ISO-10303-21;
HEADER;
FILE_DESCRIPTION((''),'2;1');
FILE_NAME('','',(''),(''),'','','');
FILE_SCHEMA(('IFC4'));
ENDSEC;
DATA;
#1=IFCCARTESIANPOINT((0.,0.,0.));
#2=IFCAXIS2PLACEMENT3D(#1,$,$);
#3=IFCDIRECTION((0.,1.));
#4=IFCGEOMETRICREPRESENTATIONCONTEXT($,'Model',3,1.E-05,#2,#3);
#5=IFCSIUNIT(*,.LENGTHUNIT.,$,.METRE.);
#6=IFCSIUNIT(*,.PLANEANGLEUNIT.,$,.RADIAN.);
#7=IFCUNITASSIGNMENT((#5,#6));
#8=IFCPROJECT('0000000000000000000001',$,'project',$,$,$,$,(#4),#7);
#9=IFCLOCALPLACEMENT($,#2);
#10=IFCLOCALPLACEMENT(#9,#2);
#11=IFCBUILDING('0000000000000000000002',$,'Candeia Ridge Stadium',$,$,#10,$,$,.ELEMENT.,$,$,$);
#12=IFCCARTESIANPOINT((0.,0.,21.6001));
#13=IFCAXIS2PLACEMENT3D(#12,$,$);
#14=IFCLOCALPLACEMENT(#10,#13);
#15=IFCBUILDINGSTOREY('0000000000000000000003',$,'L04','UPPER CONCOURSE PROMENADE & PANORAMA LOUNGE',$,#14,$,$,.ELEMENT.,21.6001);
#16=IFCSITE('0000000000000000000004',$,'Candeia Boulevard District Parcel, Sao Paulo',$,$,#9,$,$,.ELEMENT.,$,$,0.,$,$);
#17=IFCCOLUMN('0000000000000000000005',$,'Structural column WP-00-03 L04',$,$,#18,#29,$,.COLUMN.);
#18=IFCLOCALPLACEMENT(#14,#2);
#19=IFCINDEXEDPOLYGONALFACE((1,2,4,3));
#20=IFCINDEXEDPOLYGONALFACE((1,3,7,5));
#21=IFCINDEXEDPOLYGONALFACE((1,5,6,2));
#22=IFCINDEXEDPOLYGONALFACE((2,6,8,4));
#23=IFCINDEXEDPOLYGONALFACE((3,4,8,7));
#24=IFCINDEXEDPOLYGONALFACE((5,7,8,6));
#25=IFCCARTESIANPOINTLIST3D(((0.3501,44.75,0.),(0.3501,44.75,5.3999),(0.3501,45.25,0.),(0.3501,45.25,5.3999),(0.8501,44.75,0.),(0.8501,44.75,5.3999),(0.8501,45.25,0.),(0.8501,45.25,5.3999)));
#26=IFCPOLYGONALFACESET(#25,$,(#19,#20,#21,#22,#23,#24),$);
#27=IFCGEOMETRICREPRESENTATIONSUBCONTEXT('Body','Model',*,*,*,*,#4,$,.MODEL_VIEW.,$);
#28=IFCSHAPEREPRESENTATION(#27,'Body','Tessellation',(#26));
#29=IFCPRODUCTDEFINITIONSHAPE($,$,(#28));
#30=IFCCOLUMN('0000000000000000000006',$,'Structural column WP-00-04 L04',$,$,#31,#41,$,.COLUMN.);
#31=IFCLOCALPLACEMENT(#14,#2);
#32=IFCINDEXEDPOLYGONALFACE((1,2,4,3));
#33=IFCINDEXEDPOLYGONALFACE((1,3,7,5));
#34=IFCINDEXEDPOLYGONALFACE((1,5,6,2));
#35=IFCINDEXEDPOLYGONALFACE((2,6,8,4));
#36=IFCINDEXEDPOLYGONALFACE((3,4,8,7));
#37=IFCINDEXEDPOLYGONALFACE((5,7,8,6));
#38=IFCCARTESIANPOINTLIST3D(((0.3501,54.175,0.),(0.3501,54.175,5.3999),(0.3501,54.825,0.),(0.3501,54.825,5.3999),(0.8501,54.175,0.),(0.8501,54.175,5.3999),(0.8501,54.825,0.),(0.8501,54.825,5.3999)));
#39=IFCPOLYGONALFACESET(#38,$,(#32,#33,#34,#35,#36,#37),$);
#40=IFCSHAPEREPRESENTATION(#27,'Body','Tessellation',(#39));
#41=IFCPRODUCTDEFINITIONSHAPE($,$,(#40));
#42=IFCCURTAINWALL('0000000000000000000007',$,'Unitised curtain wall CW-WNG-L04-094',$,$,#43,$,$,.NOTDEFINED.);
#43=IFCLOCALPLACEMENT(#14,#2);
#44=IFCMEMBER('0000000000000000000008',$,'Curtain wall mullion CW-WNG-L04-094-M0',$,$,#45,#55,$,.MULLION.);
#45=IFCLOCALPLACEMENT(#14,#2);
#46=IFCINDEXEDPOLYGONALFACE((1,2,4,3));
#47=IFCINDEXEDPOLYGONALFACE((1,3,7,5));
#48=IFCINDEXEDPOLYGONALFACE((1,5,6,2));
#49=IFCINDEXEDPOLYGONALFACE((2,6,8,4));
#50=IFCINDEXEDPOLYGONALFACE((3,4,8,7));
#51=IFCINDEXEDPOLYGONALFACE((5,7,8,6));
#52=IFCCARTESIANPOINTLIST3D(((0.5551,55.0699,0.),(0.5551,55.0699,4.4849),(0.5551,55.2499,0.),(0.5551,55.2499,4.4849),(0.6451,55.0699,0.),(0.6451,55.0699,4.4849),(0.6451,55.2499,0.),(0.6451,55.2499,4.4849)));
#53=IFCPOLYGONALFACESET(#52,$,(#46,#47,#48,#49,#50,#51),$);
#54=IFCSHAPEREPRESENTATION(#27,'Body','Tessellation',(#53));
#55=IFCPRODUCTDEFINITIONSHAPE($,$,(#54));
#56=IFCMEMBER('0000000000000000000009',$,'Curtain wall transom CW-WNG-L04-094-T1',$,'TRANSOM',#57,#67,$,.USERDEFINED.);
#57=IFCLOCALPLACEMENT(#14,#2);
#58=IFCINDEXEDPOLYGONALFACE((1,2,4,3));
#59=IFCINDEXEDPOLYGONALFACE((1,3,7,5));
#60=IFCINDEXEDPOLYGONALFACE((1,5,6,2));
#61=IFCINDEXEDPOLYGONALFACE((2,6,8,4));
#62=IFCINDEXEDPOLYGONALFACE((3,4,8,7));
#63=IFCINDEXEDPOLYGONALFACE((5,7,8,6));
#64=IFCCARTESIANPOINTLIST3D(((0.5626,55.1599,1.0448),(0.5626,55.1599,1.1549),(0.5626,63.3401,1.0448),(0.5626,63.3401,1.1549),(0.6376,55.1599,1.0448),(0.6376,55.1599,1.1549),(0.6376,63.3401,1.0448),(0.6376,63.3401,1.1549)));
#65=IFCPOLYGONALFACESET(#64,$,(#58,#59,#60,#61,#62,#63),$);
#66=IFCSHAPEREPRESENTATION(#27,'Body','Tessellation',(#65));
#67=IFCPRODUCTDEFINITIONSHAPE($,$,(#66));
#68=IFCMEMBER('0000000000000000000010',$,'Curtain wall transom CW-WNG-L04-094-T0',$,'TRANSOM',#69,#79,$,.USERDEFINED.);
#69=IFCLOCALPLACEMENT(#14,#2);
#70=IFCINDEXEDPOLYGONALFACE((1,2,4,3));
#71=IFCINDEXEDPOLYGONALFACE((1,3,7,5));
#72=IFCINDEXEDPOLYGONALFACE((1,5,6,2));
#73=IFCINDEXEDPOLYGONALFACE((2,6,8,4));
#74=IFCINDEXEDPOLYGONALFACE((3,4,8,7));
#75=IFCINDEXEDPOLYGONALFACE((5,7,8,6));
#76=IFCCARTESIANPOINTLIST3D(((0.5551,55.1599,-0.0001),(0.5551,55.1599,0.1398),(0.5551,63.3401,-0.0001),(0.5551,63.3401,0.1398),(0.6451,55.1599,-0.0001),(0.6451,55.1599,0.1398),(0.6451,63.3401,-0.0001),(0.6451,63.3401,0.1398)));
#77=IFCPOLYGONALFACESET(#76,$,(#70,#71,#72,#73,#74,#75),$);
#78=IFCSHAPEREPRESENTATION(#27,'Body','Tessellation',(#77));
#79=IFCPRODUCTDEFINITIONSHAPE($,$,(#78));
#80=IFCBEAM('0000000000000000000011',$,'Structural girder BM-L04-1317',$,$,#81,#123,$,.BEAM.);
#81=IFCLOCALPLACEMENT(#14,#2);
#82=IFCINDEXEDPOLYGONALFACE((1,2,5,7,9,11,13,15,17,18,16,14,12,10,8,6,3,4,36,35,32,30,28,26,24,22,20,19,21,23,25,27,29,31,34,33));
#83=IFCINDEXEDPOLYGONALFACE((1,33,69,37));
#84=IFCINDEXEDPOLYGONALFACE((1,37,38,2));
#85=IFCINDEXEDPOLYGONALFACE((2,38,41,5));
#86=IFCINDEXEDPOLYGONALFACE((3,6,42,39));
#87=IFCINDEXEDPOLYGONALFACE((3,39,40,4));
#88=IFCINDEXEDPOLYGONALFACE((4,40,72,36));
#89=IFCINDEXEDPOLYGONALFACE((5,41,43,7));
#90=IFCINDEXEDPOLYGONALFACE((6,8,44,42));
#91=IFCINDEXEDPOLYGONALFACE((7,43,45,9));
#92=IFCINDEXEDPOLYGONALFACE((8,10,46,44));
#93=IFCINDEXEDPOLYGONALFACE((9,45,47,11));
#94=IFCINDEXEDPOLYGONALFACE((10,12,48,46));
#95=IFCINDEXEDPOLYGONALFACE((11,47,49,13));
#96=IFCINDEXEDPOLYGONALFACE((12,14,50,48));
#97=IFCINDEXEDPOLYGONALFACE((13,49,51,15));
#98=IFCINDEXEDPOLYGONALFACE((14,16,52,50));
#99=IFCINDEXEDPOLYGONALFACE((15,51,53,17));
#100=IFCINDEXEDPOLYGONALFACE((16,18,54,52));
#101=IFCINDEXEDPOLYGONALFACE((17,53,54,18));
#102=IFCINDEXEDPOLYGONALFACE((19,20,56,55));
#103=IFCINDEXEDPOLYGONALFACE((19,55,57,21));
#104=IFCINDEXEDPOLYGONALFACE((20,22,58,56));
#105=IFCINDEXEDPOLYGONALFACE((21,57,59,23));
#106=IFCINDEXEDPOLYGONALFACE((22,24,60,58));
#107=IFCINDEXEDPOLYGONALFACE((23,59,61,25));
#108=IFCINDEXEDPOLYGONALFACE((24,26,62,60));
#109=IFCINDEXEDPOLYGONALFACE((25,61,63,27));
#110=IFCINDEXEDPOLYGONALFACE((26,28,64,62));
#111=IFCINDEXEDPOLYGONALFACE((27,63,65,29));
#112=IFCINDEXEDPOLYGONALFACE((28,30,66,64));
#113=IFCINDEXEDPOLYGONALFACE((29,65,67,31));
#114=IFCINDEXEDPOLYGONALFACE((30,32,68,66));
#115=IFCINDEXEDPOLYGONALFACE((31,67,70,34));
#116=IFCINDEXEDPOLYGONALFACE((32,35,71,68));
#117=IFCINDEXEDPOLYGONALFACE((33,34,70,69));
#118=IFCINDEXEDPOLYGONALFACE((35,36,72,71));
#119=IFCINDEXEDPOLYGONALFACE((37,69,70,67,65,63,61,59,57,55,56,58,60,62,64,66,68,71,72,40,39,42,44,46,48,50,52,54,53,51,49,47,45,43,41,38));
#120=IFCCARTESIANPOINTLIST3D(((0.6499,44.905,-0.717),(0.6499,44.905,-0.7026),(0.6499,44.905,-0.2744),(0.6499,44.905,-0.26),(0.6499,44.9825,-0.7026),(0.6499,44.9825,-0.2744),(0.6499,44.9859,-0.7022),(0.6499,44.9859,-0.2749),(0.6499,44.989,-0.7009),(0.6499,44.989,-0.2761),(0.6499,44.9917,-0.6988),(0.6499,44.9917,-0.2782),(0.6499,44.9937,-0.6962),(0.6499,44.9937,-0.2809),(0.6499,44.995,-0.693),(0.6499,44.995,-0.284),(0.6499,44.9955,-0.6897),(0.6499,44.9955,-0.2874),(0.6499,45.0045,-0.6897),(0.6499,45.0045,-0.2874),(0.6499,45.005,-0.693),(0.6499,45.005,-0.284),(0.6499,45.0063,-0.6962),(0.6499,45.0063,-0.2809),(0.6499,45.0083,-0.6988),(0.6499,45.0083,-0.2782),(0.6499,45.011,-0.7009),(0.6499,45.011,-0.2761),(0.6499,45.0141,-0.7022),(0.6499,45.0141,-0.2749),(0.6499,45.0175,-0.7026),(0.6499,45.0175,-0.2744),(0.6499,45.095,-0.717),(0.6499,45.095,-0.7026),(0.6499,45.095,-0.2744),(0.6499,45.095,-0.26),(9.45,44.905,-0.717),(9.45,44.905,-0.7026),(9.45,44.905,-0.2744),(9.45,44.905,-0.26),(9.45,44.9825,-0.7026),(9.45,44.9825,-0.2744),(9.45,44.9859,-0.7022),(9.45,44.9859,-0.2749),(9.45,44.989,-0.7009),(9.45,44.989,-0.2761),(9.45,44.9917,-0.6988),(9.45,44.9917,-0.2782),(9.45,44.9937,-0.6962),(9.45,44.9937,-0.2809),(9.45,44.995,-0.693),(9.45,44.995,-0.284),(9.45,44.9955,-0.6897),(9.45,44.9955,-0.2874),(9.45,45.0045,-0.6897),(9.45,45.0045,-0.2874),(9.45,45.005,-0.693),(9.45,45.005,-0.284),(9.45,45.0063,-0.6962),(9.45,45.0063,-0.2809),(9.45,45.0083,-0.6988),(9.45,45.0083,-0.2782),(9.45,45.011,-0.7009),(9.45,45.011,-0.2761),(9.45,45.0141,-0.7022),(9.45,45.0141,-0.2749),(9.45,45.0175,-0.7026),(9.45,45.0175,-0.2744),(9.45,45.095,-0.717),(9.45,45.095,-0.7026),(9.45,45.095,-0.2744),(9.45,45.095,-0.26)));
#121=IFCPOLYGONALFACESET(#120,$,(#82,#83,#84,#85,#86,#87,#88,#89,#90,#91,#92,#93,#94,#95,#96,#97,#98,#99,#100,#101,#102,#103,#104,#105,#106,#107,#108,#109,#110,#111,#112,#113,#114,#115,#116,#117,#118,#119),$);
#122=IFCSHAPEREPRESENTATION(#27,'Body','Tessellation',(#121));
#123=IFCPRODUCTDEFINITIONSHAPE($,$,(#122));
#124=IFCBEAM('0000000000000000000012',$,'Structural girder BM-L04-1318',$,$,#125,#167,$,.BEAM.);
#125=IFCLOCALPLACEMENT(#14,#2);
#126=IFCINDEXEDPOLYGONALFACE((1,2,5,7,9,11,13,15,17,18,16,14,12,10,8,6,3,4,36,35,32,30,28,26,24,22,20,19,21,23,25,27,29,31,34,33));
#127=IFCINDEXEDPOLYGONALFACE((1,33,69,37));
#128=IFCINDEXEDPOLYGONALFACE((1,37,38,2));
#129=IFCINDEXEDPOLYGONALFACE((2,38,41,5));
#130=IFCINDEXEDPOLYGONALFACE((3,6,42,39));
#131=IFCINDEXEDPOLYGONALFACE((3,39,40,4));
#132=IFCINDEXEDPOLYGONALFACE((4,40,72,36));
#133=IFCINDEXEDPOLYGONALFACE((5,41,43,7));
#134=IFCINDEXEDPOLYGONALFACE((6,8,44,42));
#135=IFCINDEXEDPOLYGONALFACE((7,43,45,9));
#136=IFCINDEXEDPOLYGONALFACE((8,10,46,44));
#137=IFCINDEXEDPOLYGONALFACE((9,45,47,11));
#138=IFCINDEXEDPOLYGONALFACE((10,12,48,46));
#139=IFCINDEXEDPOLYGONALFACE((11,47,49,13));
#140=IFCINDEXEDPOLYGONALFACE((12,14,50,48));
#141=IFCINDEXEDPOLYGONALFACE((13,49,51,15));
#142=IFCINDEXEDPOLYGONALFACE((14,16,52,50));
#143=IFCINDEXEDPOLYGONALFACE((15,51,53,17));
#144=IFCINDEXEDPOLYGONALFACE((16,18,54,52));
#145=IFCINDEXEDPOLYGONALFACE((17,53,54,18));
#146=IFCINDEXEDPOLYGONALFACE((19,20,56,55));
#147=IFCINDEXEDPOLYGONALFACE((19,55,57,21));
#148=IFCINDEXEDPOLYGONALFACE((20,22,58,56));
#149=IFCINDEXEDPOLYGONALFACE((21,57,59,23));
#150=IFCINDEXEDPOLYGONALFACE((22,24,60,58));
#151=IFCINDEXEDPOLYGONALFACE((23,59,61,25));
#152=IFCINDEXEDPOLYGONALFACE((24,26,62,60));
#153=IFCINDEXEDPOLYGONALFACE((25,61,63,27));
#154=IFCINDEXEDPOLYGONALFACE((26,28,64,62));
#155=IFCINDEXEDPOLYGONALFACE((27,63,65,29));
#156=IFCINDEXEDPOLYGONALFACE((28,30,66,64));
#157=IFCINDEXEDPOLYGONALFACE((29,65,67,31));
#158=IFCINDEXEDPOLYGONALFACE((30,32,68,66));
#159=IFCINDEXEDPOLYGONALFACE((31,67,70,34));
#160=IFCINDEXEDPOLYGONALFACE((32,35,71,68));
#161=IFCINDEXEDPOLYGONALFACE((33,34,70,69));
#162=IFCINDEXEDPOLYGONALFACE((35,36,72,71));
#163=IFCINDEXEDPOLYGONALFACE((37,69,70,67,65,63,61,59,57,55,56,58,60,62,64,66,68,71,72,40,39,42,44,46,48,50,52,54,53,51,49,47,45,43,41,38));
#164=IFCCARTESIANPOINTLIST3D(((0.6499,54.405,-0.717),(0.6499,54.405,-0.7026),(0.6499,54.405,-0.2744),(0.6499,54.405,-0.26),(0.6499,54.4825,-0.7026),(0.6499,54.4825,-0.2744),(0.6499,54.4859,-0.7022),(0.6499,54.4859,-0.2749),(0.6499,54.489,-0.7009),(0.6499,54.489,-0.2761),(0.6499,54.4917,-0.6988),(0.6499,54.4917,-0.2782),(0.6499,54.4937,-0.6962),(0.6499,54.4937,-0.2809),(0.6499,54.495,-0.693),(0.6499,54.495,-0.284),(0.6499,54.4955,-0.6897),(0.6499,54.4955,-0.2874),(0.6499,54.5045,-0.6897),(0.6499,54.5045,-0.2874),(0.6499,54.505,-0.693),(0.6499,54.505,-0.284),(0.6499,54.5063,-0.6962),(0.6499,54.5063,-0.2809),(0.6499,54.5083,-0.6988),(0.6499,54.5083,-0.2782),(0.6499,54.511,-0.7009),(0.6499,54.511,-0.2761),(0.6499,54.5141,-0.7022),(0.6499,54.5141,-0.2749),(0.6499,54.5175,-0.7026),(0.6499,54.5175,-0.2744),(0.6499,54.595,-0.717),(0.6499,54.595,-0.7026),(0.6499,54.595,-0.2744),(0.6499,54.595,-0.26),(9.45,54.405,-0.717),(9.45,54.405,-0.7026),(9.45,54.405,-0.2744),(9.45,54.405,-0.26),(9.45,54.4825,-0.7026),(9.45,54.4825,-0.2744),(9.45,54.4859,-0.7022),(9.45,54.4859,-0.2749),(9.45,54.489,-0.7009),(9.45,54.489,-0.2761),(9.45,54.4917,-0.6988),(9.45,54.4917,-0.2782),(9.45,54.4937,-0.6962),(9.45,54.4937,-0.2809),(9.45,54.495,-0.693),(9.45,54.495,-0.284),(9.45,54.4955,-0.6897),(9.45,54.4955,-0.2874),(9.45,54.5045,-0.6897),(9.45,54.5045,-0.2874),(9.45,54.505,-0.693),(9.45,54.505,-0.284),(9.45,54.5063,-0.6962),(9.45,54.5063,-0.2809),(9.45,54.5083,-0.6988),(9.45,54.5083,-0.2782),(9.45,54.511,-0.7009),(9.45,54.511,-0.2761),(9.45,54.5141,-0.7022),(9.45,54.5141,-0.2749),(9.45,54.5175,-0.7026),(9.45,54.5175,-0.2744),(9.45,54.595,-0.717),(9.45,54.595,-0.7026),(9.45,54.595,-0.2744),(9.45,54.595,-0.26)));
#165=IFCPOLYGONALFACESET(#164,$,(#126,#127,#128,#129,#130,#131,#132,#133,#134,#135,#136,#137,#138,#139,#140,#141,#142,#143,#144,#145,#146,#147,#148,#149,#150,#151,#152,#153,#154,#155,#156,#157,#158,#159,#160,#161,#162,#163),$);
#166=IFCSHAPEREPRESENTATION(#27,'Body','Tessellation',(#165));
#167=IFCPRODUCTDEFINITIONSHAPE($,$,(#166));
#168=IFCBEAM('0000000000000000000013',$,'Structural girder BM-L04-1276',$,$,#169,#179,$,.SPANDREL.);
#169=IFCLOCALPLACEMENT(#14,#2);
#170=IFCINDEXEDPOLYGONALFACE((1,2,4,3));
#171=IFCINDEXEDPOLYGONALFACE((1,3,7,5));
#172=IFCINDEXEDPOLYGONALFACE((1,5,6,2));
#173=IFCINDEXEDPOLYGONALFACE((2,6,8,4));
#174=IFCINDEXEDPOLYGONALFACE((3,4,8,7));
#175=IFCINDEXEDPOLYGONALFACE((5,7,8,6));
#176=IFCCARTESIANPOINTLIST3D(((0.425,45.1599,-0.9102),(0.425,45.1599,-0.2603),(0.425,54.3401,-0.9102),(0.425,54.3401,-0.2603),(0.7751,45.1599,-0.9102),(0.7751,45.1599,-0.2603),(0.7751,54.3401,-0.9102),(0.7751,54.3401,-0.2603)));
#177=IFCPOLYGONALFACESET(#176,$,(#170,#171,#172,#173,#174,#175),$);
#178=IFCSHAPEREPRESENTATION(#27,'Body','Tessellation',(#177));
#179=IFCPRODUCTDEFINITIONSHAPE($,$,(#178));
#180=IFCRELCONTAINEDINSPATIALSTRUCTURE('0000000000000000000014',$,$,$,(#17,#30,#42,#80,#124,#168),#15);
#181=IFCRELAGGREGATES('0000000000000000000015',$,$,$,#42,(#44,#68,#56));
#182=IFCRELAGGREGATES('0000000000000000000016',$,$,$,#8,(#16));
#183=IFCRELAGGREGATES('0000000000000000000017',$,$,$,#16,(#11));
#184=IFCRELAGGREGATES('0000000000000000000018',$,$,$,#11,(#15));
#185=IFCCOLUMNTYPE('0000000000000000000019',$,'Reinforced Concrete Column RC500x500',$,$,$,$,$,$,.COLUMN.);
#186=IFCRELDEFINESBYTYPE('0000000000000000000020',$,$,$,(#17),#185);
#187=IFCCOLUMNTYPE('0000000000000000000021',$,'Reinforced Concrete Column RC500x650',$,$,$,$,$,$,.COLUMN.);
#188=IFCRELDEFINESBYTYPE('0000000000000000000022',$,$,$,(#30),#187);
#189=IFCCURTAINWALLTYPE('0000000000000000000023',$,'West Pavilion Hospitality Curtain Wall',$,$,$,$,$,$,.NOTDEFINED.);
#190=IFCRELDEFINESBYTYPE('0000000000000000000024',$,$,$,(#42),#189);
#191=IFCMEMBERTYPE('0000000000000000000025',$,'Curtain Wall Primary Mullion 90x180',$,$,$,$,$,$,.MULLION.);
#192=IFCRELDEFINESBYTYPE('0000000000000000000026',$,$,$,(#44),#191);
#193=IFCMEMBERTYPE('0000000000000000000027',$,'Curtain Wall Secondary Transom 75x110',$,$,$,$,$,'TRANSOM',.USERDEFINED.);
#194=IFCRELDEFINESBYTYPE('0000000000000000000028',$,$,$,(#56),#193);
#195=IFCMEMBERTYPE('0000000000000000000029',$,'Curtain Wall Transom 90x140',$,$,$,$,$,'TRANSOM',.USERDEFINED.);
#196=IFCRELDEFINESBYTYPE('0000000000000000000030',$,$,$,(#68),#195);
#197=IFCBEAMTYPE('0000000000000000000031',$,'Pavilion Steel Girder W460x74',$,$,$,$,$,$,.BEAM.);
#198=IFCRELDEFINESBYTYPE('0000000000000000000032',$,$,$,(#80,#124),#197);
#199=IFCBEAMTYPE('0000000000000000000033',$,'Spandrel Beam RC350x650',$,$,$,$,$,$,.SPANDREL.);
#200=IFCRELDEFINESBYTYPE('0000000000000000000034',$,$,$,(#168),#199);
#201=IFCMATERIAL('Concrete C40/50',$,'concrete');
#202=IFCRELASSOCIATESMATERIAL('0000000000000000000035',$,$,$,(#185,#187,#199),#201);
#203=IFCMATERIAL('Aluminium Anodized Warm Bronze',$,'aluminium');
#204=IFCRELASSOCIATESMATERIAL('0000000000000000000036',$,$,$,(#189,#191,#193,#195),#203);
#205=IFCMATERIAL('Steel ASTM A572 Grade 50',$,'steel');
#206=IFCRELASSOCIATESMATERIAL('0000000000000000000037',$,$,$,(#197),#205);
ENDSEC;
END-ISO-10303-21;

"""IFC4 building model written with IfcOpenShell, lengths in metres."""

from ifc_helpers import new_model, si_unit, direction, frame, origin, origin_2d, place, context, subcontext, project, spatial, rectangle, i_section, extrude, material, material_profile, profile_set, type_object, element, aggregate, save


model = new_model("IFC4")

# Units and contexts
model_context = context("Model", 3, precision=1e-05, world=origin(), true_north=direction((0.0, 1.0)))
body_context = subcontext(model_context, "Body", "Model", "MODEL_VIEW")
ifc_project = project(units=[si_unit("LENGTHUNIT", "METRE"), si_unit("PLANEANGLEUNIT", "RADIAN")], contexts=[model_context])

# Site, building, storey
site_placement = place(None, origin())
site = spatial("IfcSite", under=ifc_project, at=site_placement, Name="Candeia Boulevard District Parcel, Sao Paulo", CompositionType="ELEMENT", RefElevation=0.0)
building_placement = place(site_placement, origin())
building = spatial("IfcBuilding", under=site, at=building_placement, Name="Candeia Ridge Stadium", CompositionType="ELEMENT")
storey_placement = place(building_placement, frame((0.0, 0.0, 21.6001)))
storey = spatial("IfcBuildingStorey", under=building, at=storey_placement, Name="L04", Description="UPPER CONCOURSE PROMENADE & PANORAMA LOUNGE", CompositionType="ELEMENT", Elevation=21.6001)

# Columns
ifc_material_1 = material(Name="Concrete C40/50", Category="concrete")
ifc_material_profile_1 = material_profile(ifc_material_1, rectangle(XDim=0.5, YDim=0.5, at=origin_2d()), Name="RC500x500", Category="concrete")
ifc_profile_set_1 = profile_set([ifc_material_profile_1], Name="Concrete C40/50")
column_type_1 = type_object("IfcColumnType", Name="Reinforced Concrete Column RC500x500", PredefinedType="COLUMN", material=ifc_profile_set_1)
column_1_placement = place(storey_placement, frame((0.6001, 45.0, 0.0), z_axis=(0.0, 0.0, 1.0), x_axis=(1.0, 0.0, 0.0)))
element("IfcColumn", 1, at=column_1_placement, inside=storey, type_object=column_type_1, Name="Structural column WP-00-03 L04", PredefinedType="COLUMN", context=body_context, shape_type="SweptSolid", body=[
    extrude(rectangle(XDim=0.5, YDim=0.5, at=origin_2d()), origin(), (0.0, 0.0, 1.0), 5.3999),
])
ifc_material_profile_2 = material_profile(ifc_material_1, rectangle(XDim=0.5, YDim=0.6499, at=origin_2d()), Name="RC500x650", Category="concrete")
ifc_profile_set_2 = profile_set([ifc_material_profile_2], Name="Concrete C40/50")
column_type_2 = type_object("IfcColumnType", Name="Reinforced Concrete Column RC500x650", PredefinedType="COLUMN", material=ifc_profile_set_2)
column_2_placement = place(storey_placement, frame((0.6001, 54.5, 0.0), z_axis=(0.0, 0.0, 1.0), x_axis=(1.0, 0.0, 0.0)))
element("IfcColumn", 2, at=column_2_placement, inside=storey, type_object=column_type_2, Name="Structural column WP-00-04 L04", PredefinedType="COLUMN", context=body_context, shape_type="SweptSolid", body=[
    extrude(rectangle(XDim=0.5, YDim=0.6499, at=origin_2d()), origin(), (0.0, 0.0, 1.0), 5.3999),
])

# Curtain wall, members
ifc_material_2 = material(Name="Aluminium Anodized Warm Bronze", Category="aluminium")
curtain_wall_type = type_object("IfcCurtainWallType", Name="West Pavilion Hospitality Curtain Wall", PredefinedType="NOTDEFINED", material=ifc_material_2)
curtain_wall_placement = place(storey_placement, origin())
curtain_wall = element("IfcCurtainWall", 3, at=curtain_wall_placement, inside=storey, type_object=curtain_wall_type, Name="Unitised curtain wall CW-WNG-L04-094", PredefinedType="NOTDEFINED")
ifc_material_profile_3 = material_profile(ifc_material_2, rectangle(XDim=0.0901, YDim=0.1799, at=origin_2d()), Name="CWM-90x180", Category="aluminium")
ifc_profile_set_3 = profile_set([ifc_material_profile_3], Name="Aluminium Anodized Warm Bronze")
member_type_1 = type_object("IfcMemberType", Name="Curtain Wall Primary Mullion 90x180", PredefinedType="MULLION", material=ifc_profile_set_3)
member_1_placement = place(storey_placement, frame((0.6001, 55.1599, 0.0), z_axis=(0.0, 0.0, 1.0), x_axis=(1.0, 0.0, 0.0)))
member_1 = element("IfcMember", 4, at=member_1_placement, type_object=member_type_1, Name="Curtain wall mullion CW-WNG-L04-094-M0", PredefinedType="MULLION", context=body_context, shape_type="SweptSolid", body=[
    extrude(rectangle(XDim=0.0901, YDim=0.1799, at=origin_2d()), origin(), (0.0, 0.0, 1.0), 4.4849),
])
ifc_material_profile_4 = material_profile(ifc_material_2, rectangle(XDim=0.075, YDim=0.1101, at=origin_2d()), Name="CWT-75x110", Category="aluminium")
ifc_profile_set_4 = profile_set([ifc_material_profile_4], Name="Aluminium Anodized Warm Bronze")
member_type_2 = type_object("IfcMemberType", Name="Curtain Wall Secondary Transom 75x110", ElementType="TRANSOM", PredefinedType="USERDEFINED", material=ifc_profile_set_4)
member_2_placement = place(storey_placement, frame((0.6001, 55.1599, 1.0999), z_axis=(0.0, 1.0, 0.0), x_axis=(-1.0, 0.0, 0.0)))
member_2 = element("IfcMember", 5, at=member_2_placement, type_object=member_type_2, Name="Curtain wall transom CW-WNG-L04-094-T1", ObjectType="TRANSOM", PredefinedType="USERDEFINED", context=body_context, shape_type="SweptSolid", body=[
    extrude(rectangle(XDim=0.075, YDim=0.1101, at=origin_2d()), origin(), (0.0, 0.0, 1.0), 8.1802),
])
ifc_material_profile_5 = material_profile(ifc_material_2, rectangle(XDim=0.0901, YDim=0.1399, at=origin_2d()), Name="CWT-90x140", Category="aluminium")
ifc_profile_set_5 = profile_set([ifc_material_profile_5], Name="Aluminium Anodized Warm Bronze")
member_type_3 = type_object("IfcMemberType", Name="Curtain Wall Transom 90x140", ElementType="TRANSOM", PredefinedType="USERDEFINED", material=ifc_profile_set_5)
member_3_placement = place(storey_placement, frame((0.6001, 55.1599, 0.0698), z_axis=(0.0, 1.0, 0.0), x_axis=(-1.0, 0.0, 0.0)))
member_3 = element("IfcMember", 6, at=member_3_placement, type_object=member_type_3, Name="Curtain wall transom CW-WNG-L04-094-T0", ObjectType="TRANSOM", PredefinedType="USERDEFINED", context=body_context, shape_type="SweptSolid", body=[
    extrude(rectangle(XDim=0.0901, YDim=0.1399, at=origin_2d()), origin(), (0.0, 0.0, 1.0), 8.1802),
])
aggregate(curtain_wall, [member_1, member_3, member_2])

# Beams
ifc_material_3 = material(Name="Steel ASTM A572 Grade 50", Category="steel")
ifc_material_profile_6 = material_profile(ifc_material_3, i_section(OverallWidth=0.1899, OverallDepth=0.457, WebThickness=0.009, FlangeThickness=0.0144, FilletRadius=0.0129, at=origin_2d()), Name="W460x74", Category="steel")
ifc_profile_set_6 = profile_set([ifc_material_profile_6], Name="Steel ASTM A572 Grade 50")
beam_type_1 = type_object("IfcBeamType", Name="Pavilion Steel Girder W460x74", PredefinedType="BEAM", material=ifc_profile_set_6)
for number, where, z_axis, x_axis, name in (
    (7, (0.6499, 45.0, -0.4885), (1.0, 0.0, 0.0), (0.0, 1.0, 0.0), "Structural girder BM-L04-1317"),
    (8, (0.6499, 54.5, -0.4885), (1.0, 0.0, 0.0), (0.0, 1.0, 0.0), "Structural girder BM-L04-1318"),
):
    element("IfcBeam", number, at=place(storey_placement, frame(where, z_axis=z_axis, x_axis=x_axis)), inside=storey, type_object=beam_type_1, Name=name, PredefinedType="BEAM", context=body_context, shape_type="SweptSolid", body=[
        extrude(i_section(OverallWidth=0.1899, OverallDepth=0.457, WebThickness=0.009, FlangeThickness=0.0144, FilletRadius=0.0129, at=origin_2d()), origin(), (0.0, 0.0, 1.0), 8.8),
    ])
ifc_material_profile_7 = material_profile(ifc_material_1, rectangle(XDim=0.3501, YDim=0.6499, at=origin_2d()), Name="RC350x650", Category="concrete")
ifc_profile_set_7 = profile_set([ifc_material_profile_7], Name="Concrete C40/50")
beam_type_2 = type_object("IfcBeamType", Name="Spandrel Beam RC350x650", PredefinedType="SPANDREL", material=ifc_profile_set_7)
for number, where, z_axis, x_axis, name in (
    (9, (0.6001, 45.1599, -0.5852), (0.0, 1.0, 0.0), (-1.0, 0.0, 0.0), "Structural girder BM-L04-1276"),
):
    element("IfcBeam", number, at=place(storey_placement, frame(where, z_axis=z_axis, x_axis=x_axis)), inside=storey, type_object=beam_type_2, Name=name, PredefinedType="SPANDREL", context=body_context, shape_type="SweptSolid", body=[
        extrude(rectangle(XDim=0.3501, YDim=0.6499, at=origin_2d()), origin(), (0.0, 0.0, 1.0), 9.1802),
    ])

save(model, "model.ifc")
